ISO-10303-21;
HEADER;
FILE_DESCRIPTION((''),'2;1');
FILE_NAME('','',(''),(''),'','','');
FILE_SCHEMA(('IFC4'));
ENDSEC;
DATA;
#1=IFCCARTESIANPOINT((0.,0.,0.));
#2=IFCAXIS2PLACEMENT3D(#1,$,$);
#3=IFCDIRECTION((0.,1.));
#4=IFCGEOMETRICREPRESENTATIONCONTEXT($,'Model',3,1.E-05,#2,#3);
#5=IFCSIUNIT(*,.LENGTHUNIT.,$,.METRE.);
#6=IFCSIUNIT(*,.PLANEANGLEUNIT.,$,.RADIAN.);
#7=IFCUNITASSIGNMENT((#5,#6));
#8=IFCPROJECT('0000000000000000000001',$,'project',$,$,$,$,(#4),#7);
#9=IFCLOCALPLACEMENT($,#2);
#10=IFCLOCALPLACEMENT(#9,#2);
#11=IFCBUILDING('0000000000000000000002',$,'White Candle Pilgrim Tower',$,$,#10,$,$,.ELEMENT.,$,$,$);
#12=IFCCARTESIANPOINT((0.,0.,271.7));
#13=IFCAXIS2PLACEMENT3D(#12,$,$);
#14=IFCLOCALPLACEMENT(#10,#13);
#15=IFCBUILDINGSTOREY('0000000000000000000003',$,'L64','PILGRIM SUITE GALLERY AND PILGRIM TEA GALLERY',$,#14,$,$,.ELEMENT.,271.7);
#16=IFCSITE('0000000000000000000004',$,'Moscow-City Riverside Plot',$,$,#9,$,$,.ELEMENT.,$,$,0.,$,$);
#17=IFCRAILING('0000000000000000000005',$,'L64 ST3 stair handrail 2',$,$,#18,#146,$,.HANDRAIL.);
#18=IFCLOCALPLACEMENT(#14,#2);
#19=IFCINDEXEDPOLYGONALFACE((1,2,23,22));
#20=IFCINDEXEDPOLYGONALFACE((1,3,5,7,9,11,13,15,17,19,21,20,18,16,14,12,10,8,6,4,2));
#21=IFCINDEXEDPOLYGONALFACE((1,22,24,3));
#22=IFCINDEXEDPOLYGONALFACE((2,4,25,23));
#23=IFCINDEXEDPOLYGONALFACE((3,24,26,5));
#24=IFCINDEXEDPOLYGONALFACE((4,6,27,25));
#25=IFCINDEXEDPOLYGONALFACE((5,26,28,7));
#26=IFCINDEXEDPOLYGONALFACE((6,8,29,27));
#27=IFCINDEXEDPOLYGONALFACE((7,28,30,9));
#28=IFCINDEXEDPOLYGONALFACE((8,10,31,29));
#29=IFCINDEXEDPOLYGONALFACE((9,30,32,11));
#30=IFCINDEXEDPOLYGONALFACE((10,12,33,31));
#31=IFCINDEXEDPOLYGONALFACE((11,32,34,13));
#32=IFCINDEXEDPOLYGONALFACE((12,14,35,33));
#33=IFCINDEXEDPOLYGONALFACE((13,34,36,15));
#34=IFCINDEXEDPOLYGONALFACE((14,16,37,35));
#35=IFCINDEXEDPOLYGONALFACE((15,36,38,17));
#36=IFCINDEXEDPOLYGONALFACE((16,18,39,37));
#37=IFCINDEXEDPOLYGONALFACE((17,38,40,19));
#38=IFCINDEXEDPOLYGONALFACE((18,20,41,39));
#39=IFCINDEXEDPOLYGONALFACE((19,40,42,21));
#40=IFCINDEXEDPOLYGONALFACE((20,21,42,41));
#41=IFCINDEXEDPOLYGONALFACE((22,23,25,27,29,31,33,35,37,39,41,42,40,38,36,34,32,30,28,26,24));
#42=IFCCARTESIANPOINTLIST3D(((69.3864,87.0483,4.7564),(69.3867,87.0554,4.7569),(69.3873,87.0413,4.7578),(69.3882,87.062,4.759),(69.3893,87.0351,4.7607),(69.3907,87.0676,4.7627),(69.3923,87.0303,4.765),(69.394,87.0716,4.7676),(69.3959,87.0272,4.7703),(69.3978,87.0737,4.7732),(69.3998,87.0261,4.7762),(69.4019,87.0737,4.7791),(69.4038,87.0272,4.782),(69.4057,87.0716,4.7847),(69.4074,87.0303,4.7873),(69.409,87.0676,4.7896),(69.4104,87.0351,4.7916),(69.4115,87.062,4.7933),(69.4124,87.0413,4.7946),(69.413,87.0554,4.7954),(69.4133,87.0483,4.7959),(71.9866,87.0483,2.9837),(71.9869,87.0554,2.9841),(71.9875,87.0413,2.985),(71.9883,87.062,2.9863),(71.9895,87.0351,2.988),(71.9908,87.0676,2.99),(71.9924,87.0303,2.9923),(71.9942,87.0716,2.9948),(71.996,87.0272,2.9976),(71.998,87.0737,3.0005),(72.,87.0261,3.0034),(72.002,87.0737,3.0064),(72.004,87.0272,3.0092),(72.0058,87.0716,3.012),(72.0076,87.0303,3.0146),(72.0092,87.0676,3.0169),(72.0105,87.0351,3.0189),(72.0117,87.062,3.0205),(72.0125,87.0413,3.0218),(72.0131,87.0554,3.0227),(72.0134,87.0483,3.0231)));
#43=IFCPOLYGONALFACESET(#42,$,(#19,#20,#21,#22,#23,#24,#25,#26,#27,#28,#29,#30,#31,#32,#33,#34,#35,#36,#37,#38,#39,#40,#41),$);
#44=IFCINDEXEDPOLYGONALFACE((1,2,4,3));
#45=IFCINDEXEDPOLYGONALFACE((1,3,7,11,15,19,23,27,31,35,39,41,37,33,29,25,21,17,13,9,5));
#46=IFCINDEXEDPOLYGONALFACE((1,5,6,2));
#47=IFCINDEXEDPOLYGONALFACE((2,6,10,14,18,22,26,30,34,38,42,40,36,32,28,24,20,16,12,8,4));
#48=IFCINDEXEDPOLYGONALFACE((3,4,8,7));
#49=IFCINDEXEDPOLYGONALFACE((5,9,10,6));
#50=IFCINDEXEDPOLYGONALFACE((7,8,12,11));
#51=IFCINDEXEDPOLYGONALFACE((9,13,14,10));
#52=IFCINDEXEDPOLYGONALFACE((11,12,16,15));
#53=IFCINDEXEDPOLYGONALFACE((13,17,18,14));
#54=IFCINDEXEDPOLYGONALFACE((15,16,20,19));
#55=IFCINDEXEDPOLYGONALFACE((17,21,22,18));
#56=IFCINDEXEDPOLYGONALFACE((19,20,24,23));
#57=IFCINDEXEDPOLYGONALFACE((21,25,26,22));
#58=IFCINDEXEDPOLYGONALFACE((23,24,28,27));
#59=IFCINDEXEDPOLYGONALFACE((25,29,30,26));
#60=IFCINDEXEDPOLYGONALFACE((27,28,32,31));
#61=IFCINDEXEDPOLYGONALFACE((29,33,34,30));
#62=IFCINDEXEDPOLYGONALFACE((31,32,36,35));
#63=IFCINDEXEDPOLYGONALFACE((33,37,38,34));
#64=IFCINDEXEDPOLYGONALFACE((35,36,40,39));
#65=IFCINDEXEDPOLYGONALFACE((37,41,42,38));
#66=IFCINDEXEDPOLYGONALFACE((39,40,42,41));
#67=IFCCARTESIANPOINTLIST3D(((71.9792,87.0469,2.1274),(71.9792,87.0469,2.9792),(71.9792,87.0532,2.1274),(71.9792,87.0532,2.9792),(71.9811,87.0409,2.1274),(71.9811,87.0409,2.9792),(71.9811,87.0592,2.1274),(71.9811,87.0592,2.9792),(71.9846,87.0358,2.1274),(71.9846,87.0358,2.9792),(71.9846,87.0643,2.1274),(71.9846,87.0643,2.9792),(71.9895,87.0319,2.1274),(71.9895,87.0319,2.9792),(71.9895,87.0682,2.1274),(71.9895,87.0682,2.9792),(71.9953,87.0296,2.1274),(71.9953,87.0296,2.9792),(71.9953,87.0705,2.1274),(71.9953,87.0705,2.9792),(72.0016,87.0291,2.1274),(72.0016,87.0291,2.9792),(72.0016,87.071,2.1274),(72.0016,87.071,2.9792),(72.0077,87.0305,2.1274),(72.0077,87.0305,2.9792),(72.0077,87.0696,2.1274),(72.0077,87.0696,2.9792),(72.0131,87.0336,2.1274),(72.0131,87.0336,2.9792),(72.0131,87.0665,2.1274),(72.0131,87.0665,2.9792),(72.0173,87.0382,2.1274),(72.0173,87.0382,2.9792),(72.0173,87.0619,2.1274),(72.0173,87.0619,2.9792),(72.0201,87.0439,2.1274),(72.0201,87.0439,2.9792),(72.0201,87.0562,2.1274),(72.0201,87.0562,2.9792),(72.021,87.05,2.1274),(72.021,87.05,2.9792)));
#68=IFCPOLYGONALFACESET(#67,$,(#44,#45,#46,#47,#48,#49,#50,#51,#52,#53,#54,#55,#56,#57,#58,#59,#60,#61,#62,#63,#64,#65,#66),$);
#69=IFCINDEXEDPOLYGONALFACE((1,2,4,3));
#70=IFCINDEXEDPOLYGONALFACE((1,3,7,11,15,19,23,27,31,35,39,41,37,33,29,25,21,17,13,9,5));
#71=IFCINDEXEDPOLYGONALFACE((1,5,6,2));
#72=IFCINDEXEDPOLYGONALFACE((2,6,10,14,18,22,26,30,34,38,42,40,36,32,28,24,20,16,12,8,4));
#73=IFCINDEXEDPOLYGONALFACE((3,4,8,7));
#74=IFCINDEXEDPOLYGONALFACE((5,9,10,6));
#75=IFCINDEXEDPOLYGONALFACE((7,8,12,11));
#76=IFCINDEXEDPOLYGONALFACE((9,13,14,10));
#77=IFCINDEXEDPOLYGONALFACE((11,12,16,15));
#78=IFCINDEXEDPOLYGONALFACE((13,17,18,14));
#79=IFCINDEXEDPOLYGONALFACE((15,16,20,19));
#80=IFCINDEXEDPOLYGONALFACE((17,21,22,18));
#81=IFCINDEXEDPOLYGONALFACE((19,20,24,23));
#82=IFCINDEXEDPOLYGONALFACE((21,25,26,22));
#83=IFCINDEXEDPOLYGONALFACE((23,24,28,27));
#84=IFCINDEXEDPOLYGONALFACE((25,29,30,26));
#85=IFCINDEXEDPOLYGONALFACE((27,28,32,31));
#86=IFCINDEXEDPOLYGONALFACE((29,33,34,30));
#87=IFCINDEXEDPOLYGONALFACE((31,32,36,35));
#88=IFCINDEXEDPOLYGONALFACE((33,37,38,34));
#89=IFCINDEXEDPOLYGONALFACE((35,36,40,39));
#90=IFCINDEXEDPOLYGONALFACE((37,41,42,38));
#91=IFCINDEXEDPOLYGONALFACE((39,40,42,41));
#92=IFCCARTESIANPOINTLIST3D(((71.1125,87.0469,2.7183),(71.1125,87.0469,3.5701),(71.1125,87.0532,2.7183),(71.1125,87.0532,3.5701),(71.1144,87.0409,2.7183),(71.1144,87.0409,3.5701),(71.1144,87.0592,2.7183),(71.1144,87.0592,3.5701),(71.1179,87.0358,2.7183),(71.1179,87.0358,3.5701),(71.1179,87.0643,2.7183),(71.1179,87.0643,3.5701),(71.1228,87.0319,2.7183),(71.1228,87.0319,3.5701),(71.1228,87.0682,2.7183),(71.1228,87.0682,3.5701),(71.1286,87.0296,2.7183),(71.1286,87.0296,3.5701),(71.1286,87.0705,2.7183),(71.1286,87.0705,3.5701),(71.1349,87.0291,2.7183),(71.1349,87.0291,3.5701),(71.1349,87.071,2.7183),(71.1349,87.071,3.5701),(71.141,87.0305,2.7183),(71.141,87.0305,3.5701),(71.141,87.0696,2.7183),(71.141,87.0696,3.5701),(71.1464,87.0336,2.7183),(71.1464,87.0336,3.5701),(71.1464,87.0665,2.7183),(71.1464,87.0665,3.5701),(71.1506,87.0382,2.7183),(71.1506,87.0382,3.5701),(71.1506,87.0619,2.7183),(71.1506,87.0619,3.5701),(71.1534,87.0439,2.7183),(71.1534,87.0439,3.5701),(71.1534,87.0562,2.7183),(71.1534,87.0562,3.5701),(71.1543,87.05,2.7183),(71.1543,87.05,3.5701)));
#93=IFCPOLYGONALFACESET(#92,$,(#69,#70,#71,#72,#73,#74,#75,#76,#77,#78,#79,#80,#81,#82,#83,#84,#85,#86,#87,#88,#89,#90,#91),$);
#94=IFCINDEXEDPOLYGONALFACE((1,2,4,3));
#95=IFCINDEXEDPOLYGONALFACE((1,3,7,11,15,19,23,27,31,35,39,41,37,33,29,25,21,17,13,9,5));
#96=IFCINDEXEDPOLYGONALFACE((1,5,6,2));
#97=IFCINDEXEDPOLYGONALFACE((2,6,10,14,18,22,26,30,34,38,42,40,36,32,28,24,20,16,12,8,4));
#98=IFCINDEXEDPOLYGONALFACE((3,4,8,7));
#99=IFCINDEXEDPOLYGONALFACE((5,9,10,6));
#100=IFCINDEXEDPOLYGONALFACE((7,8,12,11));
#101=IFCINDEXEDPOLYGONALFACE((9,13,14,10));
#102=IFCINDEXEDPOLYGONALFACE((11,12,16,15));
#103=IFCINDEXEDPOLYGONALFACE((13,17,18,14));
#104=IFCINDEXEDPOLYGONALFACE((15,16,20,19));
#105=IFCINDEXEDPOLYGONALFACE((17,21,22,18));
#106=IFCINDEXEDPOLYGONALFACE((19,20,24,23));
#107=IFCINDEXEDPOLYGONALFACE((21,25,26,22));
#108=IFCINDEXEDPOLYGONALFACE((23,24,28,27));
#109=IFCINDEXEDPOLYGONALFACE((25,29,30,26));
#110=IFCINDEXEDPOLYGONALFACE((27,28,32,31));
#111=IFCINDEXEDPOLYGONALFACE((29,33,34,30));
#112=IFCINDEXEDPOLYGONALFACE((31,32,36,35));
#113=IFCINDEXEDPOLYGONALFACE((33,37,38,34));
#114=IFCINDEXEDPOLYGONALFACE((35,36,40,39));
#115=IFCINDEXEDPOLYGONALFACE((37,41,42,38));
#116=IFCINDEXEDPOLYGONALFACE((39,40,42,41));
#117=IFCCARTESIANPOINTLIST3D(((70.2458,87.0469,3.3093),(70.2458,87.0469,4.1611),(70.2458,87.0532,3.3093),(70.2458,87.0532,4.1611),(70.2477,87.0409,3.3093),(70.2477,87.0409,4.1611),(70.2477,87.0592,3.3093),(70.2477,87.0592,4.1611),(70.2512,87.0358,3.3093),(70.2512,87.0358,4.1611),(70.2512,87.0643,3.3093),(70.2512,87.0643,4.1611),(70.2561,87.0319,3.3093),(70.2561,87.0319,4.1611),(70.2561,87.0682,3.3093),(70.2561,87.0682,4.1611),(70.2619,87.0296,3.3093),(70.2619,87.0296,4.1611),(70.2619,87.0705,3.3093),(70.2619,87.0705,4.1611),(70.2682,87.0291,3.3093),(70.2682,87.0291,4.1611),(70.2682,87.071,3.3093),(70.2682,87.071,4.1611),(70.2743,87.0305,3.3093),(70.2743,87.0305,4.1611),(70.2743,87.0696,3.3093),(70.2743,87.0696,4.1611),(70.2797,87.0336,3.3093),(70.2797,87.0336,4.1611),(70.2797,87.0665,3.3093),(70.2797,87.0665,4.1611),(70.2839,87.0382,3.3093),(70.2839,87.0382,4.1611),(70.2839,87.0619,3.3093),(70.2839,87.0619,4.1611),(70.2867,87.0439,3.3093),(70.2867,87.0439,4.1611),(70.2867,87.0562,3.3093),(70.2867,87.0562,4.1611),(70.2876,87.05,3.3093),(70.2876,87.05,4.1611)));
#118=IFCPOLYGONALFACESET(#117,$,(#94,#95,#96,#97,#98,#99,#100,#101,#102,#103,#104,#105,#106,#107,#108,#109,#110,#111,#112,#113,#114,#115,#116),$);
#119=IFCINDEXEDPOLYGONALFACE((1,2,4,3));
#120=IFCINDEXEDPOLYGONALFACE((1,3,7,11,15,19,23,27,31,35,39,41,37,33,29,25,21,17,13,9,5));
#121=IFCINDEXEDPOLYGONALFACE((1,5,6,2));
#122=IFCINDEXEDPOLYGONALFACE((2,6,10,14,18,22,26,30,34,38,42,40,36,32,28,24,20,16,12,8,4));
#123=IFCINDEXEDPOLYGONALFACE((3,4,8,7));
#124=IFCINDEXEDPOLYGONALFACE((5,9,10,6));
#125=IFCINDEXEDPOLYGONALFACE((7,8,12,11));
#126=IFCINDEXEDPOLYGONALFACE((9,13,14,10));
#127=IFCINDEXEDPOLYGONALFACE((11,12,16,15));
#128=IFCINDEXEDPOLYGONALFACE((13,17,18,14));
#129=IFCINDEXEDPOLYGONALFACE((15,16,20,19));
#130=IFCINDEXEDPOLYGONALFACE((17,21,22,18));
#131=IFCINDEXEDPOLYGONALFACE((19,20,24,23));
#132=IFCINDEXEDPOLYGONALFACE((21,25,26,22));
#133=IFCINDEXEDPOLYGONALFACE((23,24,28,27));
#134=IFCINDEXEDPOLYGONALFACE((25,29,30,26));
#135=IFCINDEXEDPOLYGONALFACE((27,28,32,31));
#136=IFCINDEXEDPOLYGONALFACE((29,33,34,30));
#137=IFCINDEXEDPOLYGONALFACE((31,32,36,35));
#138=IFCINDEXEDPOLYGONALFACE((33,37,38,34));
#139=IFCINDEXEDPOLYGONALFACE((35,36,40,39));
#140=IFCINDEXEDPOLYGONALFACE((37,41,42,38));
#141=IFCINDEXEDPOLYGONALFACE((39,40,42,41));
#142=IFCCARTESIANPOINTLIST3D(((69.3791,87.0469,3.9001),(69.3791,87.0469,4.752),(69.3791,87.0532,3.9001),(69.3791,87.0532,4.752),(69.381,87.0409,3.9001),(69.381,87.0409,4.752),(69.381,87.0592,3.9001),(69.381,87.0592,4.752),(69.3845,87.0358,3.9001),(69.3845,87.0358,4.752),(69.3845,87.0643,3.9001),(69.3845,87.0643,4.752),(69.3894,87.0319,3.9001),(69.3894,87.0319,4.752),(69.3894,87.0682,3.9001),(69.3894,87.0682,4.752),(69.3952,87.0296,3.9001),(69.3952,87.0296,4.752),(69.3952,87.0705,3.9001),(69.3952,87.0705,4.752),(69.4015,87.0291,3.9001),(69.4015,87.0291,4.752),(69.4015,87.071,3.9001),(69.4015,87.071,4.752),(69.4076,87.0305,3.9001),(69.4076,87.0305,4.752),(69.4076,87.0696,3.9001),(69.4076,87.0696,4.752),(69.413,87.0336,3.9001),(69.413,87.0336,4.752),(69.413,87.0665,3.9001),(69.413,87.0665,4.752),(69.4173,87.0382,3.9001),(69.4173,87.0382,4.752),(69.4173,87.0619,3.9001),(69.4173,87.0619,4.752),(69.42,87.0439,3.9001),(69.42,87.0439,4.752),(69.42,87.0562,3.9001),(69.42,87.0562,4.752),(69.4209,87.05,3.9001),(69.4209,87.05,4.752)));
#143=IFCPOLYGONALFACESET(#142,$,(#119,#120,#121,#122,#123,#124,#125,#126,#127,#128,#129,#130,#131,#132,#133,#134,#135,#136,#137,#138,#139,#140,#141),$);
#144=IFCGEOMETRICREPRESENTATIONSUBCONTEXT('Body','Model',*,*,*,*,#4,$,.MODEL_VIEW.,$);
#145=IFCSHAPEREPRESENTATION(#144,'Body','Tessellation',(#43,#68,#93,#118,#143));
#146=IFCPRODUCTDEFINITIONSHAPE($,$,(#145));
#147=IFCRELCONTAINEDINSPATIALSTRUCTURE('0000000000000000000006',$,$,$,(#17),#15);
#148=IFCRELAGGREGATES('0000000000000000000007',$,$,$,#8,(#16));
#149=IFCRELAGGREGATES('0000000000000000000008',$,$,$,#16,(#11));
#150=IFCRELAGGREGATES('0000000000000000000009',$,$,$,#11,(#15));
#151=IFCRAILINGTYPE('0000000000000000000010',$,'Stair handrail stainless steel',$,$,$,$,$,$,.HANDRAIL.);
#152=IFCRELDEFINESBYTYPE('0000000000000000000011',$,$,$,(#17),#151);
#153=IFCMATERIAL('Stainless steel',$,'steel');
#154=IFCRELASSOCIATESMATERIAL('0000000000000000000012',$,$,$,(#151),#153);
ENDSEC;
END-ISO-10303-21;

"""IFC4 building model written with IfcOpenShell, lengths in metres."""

from ifc_helpers import new_model, si_unit, direction, frame, origin, origin_2d, place, context, subcontext, project, spatial, circle, extrude, material, type_object, element, save


model = new_model("IFC4")

# Units and contexts
model_context = context("Model", 3, precision=1e-05, world=origin(), true_north=direction((0.0, 1.0)))
body_context = subcontext(model_context, "Body", "Model", "MODEL_VIEW")
ifc_project = project(units=[si_unit("LENGTHUNIT", "METRE"), si_unit("PLANEANGLEUNIT", "RADIAN")], contexts=[model_context])

# Site, building, storey
site_placement = place(None, origin())
site = spatial("IfcSite", under=ifc_project, at=site_placement, Name="Moscow-City Riverside Plot", CompositionType="ELEMENT", RefElevation=0.0)
building_placement = place(site_placement, origin())
building = spatial("IfcBuilding", under=site, at=building_placement, Name="White Candle Pilgrim Tower", CompositionType="ELEMENT")
storey_placement = place(building_placement, frame((0.0, 0.0, 271.7)))
storey = spatial("IfcBuildingStorey", under=building, at=storey_placement, Name="L64", Description="PILGRIM SUITE GALLERY AND PILGRIM TEA GALLERY", CompositionType="ELEMENT", Elevation=271.7)

# Railing
ifc_material_1 = material(Name="Stainless steel", Category="steel")
railing_type_1 = type_object("IfcRailingType", Name="Stair handrail stainless steel", PredefinedType="HANDRAIL", material=ifc_material_1)
railing_1_placement = place(storey_placement, frame((72.0, 87.05, 2.1274)))
element("IfcRailing", 1, at=railing_1_placement, inside=storey, type_object=railing_type_1, Name="L64 ST3 stair handrail 2", PredefinedType="HANDRAIL", context=body_context, shape_type="SweptSolid", body=[
    extrude(circle(Radius=0.0239, at=origin_2d()), frame((0.0, 0.0, 0.876), z_axis=(-0.82624, 0.0, 0.563318), x_axis=(0.0, -1.0, 0.0)), (0.0, 0.0, 1.0), 3.147),
    extrude(circle(Radius=0.021, at=origin_2d()), origin(), (0.0, 0.0, 1.0), 0.8518),
    extrude(circle(Radius=0.021, at=origin_2d()), frame((-0.8667, 0.0, 0.5908)), (0.0, 0.0, 1.0), 0.8518),
    extrude(circle(Radius=0.021, at=origin_2d()), frame((-1.7334, 0.0, 1.1819)), (0.0, 0.0, 1.0), 0.8518),
    extrude(circle(Radius=0.021, at=origin_2d()), frame((-2.6001, 0.0, 1.7727)), (0.0, 0.0, 1.0), 0.8518),
])

save(model, "model.ifc")
